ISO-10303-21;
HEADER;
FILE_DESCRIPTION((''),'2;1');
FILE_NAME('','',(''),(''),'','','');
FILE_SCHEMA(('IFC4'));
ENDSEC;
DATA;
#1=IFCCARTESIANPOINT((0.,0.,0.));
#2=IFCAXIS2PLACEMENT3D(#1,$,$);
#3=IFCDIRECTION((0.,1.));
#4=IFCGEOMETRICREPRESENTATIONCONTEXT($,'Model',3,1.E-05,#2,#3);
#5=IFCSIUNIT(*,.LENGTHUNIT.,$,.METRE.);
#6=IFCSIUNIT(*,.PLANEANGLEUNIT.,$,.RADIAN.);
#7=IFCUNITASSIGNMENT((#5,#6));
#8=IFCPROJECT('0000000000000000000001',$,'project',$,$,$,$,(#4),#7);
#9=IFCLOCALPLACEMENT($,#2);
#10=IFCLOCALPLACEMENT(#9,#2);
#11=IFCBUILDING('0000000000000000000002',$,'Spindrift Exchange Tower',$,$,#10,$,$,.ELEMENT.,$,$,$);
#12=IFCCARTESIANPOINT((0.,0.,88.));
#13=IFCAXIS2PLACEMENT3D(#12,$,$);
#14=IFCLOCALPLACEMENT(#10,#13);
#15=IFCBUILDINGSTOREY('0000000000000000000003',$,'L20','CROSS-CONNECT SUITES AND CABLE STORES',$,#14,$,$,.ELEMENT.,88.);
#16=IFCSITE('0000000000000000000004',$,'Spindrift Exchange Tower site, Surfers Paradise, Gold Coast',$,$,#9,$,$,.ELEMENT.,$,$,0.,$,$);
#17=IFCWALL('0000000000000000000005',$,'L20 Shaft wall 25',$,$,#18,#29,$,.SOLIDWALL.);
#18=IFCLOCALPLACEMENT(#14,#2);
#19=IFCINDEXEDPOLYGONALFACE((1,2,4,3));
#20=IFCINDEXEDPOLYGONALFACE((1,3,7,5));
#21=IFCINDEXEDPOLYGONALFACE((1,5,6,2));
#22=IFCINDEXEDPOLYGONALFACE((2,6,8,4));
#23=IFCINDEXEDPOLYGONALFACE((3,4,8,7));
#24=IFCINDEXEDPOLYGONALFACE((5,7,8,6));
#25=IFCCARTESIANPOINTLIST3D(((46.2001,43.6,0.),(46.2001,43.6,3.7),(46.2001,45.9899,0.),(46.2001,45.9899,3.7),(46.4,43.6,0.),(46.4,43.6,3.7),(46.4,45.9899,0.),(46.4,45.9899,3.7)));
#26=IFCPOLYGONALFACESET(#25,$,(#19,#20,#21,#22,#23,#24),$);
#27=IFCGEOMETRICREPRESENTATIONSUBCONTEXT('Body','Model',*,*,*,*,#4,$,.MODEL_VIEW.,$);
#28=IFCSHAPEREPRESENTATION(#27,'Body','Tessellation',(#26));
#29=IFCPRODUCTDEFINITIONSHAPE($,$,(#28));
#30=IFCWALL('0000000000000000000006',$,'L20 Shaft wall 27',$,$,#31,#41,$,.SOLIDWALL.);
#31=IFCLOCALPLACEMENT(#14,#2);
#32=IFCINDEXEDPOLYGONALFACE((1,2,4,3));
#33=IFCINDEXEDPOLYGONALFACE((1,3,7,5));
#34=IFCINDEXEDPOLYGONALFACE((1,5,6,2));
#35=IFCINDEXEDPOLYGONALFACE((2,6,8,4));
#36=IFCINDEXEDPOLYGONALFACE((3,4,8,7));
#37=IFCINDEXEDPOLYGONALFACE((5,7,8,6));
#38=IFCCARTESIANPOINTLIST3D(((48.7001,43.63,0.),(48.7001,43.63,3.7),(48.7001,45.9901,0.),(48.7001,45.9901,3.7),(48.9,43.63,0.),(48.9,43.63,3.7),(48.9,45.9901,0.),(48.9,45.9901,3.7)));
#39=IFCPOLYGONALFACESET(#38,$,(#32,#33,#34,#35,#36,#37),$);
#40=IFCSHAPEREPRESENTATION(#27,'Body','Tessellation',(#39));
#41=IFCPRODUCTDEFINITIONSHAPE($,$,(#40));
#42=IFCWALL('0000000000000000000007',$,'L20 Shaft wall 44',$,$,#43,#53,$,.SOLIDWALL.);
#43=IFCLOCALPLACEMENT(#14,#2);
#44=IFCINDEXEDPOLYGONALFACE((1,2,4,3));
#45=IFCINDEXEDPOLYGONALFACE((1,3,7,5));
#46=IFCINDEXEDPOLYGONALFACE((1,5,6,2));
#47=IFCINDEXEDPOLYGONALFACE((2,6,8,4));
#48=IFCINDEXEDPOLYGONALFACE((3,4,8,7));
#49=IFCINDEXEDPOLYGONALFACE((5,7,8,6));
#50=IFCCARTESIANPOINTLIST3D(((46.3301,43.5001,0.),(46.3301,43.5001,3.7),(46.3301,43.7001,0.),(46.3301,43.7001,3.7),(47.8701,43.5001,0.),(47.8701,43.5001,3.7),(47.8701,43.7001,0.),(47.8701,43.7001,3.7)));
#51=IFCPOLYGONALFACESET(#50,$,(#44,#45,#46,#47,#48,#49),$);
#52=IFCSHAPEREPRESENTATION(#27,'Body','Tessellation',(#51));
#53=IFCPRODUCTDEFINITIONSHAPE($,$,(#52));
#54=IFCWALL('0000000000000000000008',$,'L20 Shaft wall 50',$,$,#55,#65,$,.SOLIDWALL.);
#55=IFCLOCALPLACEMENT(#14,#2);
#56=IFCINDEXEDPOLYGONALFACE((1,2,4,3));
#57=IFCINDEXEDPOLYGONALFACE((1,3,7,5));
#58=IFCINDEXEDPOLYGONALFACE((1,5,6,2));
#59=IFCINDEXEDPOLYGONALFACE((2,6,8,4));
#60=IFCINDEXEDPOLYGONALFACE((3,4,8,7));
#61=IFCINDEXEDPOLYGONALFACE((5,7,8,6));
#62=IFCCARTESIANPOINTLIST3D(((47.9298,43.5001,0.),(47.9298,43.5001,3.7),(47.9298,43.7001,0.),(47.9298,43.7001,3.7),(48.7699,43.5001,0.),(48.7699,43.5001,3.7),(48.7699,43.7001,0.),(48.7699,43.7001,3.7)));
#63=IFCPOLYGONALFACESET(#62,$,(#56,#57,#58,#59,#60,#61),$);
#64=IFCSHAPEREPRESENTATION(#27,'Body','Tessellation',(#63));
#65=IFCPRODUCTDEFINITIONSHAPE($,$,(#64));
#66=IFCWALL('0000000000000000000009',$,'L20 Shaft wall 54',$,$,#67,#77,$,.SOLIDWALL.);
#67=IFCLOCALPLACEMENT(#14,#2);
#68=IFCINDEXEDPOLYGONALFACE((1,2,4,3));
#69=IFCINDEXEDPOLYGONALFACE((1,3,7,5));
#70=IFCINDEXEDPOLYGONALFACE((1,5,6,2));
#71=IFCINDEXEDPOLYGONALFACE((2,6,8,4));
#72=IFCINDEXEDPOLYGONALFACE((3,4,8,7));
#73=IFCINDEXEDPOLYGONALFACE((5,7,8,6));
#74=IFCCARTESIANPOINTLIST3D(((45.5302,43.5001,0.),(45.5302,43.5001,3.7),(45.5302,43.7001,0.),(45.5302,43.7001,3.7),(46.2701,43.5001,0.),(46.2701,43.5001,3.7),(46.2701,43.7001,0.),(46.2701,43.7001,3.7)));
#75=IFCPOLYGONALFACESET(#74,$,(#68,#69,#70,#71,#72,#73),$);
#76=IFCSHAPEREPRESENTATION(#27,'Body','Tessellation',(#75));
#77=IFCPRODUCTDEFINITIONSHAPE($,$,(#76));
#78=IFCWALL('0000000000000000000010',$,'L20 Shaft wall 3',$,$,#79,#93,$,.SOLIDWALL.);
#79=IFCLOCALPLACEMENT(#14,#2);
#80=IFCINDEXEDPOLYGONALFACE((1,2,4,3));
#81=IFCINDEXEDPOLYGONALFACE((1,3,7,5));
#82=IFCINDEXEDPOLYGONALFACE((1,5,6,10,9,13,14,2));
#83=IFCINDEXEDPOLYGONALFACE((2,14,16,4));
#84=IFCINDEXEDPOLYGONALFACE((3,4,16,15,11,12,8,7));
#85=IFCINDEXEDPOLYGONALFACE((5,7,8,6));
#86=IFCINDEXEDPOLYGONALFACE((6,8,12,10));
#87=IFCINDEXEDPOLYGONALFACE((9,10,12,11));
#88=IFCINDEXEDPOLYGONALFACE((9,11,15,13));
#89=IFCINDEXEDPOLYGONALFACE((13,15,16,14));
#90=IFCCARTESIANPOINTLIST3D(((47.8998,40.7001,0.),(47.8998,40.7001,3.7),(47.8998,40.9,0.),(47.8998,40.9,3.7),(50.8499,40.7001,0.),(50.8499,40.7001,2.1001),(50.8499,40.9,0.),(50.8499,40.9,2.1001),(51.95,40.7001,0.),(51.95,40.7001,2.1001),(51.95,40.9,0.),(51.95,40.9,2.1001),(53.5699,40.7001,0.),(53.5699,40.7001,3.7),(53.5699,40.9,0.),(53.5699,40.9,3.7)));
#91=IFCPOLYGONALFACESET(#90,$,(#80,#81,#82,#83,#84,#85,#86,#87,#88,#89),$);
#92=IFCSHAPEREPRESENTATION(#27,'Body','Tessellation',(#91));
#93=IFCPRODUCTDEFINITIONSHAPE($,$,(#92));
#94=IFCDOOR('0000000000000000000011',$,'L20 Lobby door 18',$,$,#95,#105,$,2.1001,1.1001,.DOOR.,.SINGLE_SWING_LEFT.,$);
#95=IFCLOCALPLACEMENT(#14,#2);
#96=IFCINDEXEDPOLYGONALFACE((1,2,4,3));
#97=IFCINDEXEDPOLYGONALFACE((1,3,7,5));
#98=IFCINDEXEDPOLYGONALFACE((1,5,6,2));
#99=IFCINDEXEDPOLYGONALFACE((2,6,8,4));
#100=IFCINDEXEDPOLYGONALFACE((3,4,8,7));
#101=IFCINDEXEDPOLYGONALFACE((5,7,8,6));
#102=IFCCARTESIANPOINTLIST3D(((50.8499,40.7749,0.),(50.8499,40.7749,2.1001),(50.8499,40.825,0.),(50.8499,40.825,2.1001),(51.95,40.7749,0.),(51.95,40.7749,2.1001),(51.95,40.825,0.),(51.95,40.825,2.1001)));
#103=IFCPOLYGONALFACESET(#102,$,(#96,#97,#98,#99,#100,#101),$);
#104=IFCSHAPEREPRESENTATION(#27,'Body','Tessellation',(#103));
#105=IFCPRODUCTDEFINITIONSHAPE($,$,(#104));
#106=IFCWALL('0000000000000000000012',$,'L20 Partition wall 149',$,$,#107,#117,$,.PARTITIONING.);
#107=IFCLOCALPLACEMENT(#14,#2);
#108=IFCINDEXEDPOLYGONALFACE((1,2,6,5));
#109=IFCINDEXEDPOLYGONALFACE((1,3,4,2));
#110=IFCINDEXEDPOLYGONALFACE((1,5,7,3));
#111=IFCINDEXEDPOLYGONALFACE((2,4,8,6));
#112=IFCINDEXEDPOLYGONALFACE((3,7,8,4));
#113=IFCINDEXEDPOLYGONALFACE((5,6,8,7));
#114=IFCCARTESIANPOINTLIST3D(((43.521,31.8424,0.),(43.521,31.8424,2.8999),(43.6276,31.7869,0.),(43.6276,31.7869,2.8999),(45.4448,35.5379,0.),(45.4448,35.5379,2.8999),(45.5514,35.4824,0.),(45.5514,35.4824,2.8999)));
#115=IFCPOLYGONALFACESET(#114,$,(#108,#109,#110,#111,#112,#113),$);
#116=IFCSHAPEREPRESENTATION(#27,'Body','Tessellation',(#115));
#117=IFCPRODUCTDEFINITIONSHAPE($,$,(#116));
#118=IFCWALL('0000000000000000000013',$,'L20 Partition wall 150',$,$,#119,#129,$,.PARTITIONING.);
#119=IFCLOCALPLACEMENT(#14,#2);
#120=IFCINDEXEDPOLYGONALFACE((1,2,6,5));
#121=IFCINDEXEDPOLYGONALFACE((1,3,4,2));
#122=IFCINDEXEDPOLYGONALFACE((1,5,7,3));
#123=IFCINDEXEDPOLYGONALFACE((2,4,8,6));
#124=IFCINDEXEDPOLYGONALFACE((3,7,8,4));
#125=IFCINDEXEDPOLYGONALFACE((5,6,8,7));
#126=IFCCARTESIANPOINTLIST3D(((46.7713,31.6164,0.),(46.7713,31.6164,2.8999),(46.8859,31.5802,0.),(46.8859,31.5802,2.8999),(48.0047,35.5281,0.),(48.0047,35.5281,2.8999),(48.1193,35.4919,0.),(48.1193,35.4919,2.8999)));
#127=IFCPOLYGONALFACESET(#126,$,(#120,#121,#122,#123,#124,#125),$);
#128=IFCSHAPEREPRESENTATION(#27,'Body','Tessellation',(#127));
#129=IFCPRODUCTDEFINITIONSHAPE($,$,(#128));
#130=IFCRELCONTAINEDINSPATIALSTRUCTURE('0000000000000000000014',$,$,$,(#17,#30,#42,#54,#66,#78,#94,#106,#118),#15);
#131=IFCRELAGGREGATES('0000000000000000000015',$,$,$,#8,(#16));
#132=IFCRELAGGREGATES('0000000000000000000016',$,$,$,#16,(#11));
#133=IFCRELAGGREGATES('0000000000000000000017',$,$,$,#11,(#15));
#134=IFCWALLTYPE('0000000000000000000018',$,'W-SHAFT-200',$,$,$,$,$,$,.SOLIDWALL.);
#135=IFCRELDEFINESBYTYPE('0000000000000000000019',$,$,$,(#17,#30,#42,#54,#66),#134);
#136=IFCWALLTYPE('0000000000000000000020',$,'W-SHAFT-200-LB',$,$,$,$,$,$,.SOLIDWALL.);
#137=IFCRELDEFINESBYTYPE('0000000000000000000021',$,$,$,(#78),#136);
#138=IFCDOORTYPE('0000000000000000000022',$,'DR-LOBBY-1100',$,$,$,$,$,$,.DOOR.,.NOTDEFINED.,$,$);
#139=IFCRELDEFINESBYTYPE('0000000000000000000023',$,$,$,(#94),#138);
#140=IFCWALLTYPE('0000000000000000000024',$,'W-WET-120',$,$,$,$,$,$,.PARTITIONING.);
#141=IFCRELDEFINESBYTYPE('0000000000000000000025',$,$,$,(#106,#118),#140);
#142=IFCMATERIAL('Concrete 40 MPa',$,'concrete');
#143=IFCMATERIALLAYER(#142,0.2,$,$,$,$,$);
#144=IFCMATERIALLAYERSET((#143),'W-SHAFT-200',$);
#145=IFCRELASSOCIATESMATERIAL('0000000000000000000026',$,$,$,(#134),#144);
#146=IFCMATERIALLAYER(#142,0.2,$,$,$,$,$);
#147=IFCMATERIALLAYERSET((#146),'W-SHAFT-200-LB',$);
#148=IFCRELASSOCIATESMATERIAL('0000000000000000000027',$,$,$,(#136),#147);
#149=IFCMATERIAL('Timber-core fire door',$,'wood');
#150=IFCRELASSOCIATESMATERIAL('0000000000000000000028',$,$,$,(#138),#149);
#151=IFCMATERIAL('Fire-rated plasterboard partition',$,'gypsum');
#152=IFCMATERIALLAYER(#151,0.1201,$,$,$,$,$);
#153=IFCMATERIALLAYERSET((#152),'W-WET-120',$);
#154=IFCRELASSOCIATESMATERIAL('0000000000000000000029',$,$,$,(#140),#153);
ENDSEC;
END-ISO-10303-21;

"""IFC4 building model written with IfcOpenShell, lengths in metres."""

from ifc_helpers import new_model, si_unit, direction, frame, frame_2d, origin, place, context, subcontext, project, spatial, rectangle, extrude, source, transform, mapped, material, layer, layer_set, type_object, element, fill, save


model = new_model("IFC4")

# Units and contexts
model_context = context("Model", 3, precision=1e-05, world=origin(), true_north=direction((0.0, 1.0)))
body_context = subcontext(model_context, "Body", "Model", "MODEL_VIEW")
ifc_project = project(units=[si_unit("LENGTHUNIT", "METRE"), si_unit("PLANEANGLEUNIT", "RADIAN")], contexts=[model_context])

# Site, building, storey
site_placement = place(None, origin())
site = spatial("IfcSite", under=ifc_project, at=site_placement, Name="Spindrift Exchange Tower site, Surfers Paradise, Gold Coast", CompositionType="ELEMENT", RefElevation=0.0)
building_placement = place(site_placement, origin())
building = spatial("IfcBuilding", under=site, at=building_placement, Name="Spindrift Exchange Tower", CompositionType="ELEMENT")
storey_placement = place(building_placement, frame((0.0, 0.0, 88.0)))
storey = spatial("IfcBuildingStorey", under=building, at=storey_placement, Name="L20", Description="CROSS-CONNECT SUITES AND CABLE STORES", CompositionType="ELEMENT", Elevation=88.0)

# Shared definitions
ifc_material_1 = material(Name="Fire-rated plasterboard partition", Category="gypsum")
ifc_material_2 = material(Name="Concrete 40 MPa", Category="concrete")
ifc_layer_1 = layer(ifc_material_2, 0.2)
ifc_layer_set_1 = layer_set([ifc_layer_1], Name="W-SHAFT-200")
wall_type_1 = type_object("IfcWallType", Name="W-SHAFT-200", PredefinedType="SOLIDWALL", material=ifc_layer_set_1)

# Walls
wall_1_placement = place(storey_placement, frame((46.3, 43.6001, 0.0), z_axis=(0.0, 0.0, 1.0), x_axis=(0.0, 1.0, 0.0)))
element("IfcWall", 1, at=wall_1_placement, inside=storey, type_object=wall_type_1, Name="L20 Shaft wall 25", PredefinedType="SOLIDWALL", context=body_context, shape_type="SweptSolid", body=[
    extrude(rectangle(XDim=2.3899, YDim=0.2, at=frame_2d((1.1948, 0.0))), origin(), (0.0, 0.0, 1.0), 3.7),
])
wall_2_placement = place(storey_placement, frame((48.8, 43.6299, 0.0), z_axis=(0.0, 0.0, 1.0), x_axis=(0.0, 1.0, 0.0)))
element("IfcWall", 2, at=wall_2_placement, inside=storey, type_object=wall_type_1, Name="L20 Shaft wall 27", PredefinedType="SOLIDWALL", context=body_context, shape_type="SweptSolid", body=[
    extrude(rectangle(XDim=2.3601, YDim=0.2, at=frame_2d((1.1802, 0.0))), origin(), (0.0, 0.0, 1.0), 3.7),
])
wall_3_placement = place(storey_placement, frame((46.3301, 43.6001, 0.0), z_axis=(0.0, 0.0, 1.0), x_axis=(1.0, 0.0, 0.0)))
element("IfcWall", 3, at=wall_3_placement, inside=storey, type_object=wall_type_1, Name="L20 Shaft wall 44", PredefinedType="SOLIDWALL", context=body_context, shape_type="SweptSolid", body=[
    extrude(rectangle(XDim=1.54, YDim=0.2, at=frame_2d((0.77, 0.0))), origin(), (0.0, 0.0, 1.0), 3.7),
])
wall_4_placement = place(storey_placement, frame((47.9299, 43.6001, 0.0), z_axis=(0.0, 0.0, 1.0), x_axis=(1.0, 0.0, 0.0)))
element("IfcWall", 4, at=wall_4_placement, inside=storey, type_object=wall_type_1, Name="L20 Shaft wall 50", PredefinedType="SOLIDWALL", context=body_context, shape_type="SweptSolid", body=[
    extrude(rectangle(XDim=0.8401, YDim=0.2, at=frame_2d((0.4199, 0.0))), origin(), (0.0, 0.0, 1.0), 3.7),
])
wall_5_placement = place(storey_placement, frame((45.53, 43.6001, 0.0), z_axis=(0.0, 0.0, 1.0), x_axis=(1.0, 0.0, 0.0)))
element("IfcWall", 5, at=wall_5_placement, inside=storey, type_object=wall_type_1, Name="L20 Shaft wall 54", PredefinedType="SOLIDWALL", context=body_context, shape_type="SweptSolid", body=[
    extrude(rectangle(XDim=0.74, YDim=0.2, at=frame_2d((0.3701, 0.0))), origin(), (0.0, 0.0, 1.0), 3.7),
])

# Wall, opening, door
ifc_layer_2 = layer(ifc_material_2, 0.2)
ifc_layer_set_2 = layer_set([ifc_layer_2], Name="W-SHAFT-200-LB")
wall_type_2 = type_object("IfcWallType", Name="W-SHAFT-200-LB", PredefinedType="SOLIDWALL", material=ifc_layer_set_2)
wall_6_placement = place(storey_placement, frame((47.8999, 40.8, 0.0), z_axis=(0.0, 0.0, 1.0), x_axis=(1.0, 0.0, 0.0)))
wall_6 = element("IfcWall", 6, at=wall_6_placement, inside=storey, type_object=wall_type_2, Name="L20 Shaft wall 3", PredefinedType="SOLIDWALL", context=body_context, shape_type="SweptSolid", body=[
    extrude(rectangle(XDim=5.6702, YDim=0.2, at=frame_2d((2.835, 0.0))), origin(), (0.0, 0.0, 1.0), 3.7),
])
opening_1_placement = place(wall_6_placement, frame((2.95, 0.0, 0.0)))
opening_1 = element("IfcOpeningElement", 7, at=opening_1_placement, cuts=wall_6, PredefinedType="OPENING", context=body_context, shape_type="SweptSolid", body=[
    extrude(rectangle(XDim=1.1001, YDim=2.1001, at=frame_2d((0.55, 1.05))), frame((0.0, 0.1099, 0.0), z_axis=(0.0, -1.0, 0.0), x_axis=(1.0, 0.0, 0.0)), (0.0, 0.0, 1.0), 0.22),
])
ifc_material_3 = material(Name="Timber-core fire door", Category="wood")
door_type_1 = type_object("IfcDoorType", Name="DR-LOBBY-1100", OperationType="NOTDEFINED", PredefinedType="DOOR", material=ifc_material_3)
shared_shape_1 = source(origin(), body_context, "Body", "SweptSolid", [
    extrude(rectangle(XDim=1.1001, YDim=2.1001, at=frame_2d((0.55, 1.05))), frame((0.0, 0.0249, 0.0), z_axis=(0.0, -1.0, 0.0), x_axis=(1.0, 0.0, 0.0)), (0.0, 0.0, 1.0), 0.05),
])
door_1_placement = place(opening_1_placement, origin())
door_1 = element("IfcDoor", 8, at=door_1_placement, inside=storey, type_object=door_type_1, Name="L20 Lobby door 18", OperationType="SINGLE_SWING_LEFT", OverallHeight=2.1001, OverallWidth=1.1001, PredefinedType="DOOR", context=body_context, shape_type="MappedRepresentation", body=[
    mapped(shared_shape_1, transform((0.0, 0.0, 0.0), scale=1.0)),
])
fill(opening_1, door_1)

# Walls
ifc_layer_3 = layer(ifc_material_1, 0.1201)
ifc_layer_set_3 = layer_set([ifc_layer_3], Name="W-WET-120")
wall_type_3 = type_object("IfcWallType", Name="W-WET-120", PredefinedType="PARTITIONING", material=ifc_layer_set_3)
wall_7_placement = place(storey_placement, frame((45.498, 35.51, 0.0), z_axis=(0.0, 0.0, 1.0), x_axis=(-0.461757, -0.887007, 0.0)))
element("IfcWall", 9, at=wall_7_placement, inside=storey, type_object=wall_type_3, Name="L20 Partition wall 149", PredefinedType="PARTITIONING", context=body_context, shape_type="SweptSolid", body=[
    extrude(rectangle(XDim=4.1663, YDim=0.1201, at=frame_2d((2.083, 0.0))), origin(), (0.0, 0.0, 1.0), 2.8999),
])
wall_8_placement = place(storey_placement, frame((48.062, 35.51, 0.0), z_axis=(0.0, 0.0, 1.0), x_axis=(-0.300721, -0.953712, 0.0)))
element("IfcWall", 10, at=wall_8_placement, inside=storey, type_object=wall_type_3, Name="L20 Partition wall 150", PredefinedType="PARTITIONING", context=body_context, shape_type="SweptSolid", body=[
    extrude(rectangle(XDim=4.1016, YDim=0.1201, at=frame_2d((2.0508, 0.0))), origin(), (0.0, 0.0, 1.0), 2.8999),
])

save(model, "model.ifc")
